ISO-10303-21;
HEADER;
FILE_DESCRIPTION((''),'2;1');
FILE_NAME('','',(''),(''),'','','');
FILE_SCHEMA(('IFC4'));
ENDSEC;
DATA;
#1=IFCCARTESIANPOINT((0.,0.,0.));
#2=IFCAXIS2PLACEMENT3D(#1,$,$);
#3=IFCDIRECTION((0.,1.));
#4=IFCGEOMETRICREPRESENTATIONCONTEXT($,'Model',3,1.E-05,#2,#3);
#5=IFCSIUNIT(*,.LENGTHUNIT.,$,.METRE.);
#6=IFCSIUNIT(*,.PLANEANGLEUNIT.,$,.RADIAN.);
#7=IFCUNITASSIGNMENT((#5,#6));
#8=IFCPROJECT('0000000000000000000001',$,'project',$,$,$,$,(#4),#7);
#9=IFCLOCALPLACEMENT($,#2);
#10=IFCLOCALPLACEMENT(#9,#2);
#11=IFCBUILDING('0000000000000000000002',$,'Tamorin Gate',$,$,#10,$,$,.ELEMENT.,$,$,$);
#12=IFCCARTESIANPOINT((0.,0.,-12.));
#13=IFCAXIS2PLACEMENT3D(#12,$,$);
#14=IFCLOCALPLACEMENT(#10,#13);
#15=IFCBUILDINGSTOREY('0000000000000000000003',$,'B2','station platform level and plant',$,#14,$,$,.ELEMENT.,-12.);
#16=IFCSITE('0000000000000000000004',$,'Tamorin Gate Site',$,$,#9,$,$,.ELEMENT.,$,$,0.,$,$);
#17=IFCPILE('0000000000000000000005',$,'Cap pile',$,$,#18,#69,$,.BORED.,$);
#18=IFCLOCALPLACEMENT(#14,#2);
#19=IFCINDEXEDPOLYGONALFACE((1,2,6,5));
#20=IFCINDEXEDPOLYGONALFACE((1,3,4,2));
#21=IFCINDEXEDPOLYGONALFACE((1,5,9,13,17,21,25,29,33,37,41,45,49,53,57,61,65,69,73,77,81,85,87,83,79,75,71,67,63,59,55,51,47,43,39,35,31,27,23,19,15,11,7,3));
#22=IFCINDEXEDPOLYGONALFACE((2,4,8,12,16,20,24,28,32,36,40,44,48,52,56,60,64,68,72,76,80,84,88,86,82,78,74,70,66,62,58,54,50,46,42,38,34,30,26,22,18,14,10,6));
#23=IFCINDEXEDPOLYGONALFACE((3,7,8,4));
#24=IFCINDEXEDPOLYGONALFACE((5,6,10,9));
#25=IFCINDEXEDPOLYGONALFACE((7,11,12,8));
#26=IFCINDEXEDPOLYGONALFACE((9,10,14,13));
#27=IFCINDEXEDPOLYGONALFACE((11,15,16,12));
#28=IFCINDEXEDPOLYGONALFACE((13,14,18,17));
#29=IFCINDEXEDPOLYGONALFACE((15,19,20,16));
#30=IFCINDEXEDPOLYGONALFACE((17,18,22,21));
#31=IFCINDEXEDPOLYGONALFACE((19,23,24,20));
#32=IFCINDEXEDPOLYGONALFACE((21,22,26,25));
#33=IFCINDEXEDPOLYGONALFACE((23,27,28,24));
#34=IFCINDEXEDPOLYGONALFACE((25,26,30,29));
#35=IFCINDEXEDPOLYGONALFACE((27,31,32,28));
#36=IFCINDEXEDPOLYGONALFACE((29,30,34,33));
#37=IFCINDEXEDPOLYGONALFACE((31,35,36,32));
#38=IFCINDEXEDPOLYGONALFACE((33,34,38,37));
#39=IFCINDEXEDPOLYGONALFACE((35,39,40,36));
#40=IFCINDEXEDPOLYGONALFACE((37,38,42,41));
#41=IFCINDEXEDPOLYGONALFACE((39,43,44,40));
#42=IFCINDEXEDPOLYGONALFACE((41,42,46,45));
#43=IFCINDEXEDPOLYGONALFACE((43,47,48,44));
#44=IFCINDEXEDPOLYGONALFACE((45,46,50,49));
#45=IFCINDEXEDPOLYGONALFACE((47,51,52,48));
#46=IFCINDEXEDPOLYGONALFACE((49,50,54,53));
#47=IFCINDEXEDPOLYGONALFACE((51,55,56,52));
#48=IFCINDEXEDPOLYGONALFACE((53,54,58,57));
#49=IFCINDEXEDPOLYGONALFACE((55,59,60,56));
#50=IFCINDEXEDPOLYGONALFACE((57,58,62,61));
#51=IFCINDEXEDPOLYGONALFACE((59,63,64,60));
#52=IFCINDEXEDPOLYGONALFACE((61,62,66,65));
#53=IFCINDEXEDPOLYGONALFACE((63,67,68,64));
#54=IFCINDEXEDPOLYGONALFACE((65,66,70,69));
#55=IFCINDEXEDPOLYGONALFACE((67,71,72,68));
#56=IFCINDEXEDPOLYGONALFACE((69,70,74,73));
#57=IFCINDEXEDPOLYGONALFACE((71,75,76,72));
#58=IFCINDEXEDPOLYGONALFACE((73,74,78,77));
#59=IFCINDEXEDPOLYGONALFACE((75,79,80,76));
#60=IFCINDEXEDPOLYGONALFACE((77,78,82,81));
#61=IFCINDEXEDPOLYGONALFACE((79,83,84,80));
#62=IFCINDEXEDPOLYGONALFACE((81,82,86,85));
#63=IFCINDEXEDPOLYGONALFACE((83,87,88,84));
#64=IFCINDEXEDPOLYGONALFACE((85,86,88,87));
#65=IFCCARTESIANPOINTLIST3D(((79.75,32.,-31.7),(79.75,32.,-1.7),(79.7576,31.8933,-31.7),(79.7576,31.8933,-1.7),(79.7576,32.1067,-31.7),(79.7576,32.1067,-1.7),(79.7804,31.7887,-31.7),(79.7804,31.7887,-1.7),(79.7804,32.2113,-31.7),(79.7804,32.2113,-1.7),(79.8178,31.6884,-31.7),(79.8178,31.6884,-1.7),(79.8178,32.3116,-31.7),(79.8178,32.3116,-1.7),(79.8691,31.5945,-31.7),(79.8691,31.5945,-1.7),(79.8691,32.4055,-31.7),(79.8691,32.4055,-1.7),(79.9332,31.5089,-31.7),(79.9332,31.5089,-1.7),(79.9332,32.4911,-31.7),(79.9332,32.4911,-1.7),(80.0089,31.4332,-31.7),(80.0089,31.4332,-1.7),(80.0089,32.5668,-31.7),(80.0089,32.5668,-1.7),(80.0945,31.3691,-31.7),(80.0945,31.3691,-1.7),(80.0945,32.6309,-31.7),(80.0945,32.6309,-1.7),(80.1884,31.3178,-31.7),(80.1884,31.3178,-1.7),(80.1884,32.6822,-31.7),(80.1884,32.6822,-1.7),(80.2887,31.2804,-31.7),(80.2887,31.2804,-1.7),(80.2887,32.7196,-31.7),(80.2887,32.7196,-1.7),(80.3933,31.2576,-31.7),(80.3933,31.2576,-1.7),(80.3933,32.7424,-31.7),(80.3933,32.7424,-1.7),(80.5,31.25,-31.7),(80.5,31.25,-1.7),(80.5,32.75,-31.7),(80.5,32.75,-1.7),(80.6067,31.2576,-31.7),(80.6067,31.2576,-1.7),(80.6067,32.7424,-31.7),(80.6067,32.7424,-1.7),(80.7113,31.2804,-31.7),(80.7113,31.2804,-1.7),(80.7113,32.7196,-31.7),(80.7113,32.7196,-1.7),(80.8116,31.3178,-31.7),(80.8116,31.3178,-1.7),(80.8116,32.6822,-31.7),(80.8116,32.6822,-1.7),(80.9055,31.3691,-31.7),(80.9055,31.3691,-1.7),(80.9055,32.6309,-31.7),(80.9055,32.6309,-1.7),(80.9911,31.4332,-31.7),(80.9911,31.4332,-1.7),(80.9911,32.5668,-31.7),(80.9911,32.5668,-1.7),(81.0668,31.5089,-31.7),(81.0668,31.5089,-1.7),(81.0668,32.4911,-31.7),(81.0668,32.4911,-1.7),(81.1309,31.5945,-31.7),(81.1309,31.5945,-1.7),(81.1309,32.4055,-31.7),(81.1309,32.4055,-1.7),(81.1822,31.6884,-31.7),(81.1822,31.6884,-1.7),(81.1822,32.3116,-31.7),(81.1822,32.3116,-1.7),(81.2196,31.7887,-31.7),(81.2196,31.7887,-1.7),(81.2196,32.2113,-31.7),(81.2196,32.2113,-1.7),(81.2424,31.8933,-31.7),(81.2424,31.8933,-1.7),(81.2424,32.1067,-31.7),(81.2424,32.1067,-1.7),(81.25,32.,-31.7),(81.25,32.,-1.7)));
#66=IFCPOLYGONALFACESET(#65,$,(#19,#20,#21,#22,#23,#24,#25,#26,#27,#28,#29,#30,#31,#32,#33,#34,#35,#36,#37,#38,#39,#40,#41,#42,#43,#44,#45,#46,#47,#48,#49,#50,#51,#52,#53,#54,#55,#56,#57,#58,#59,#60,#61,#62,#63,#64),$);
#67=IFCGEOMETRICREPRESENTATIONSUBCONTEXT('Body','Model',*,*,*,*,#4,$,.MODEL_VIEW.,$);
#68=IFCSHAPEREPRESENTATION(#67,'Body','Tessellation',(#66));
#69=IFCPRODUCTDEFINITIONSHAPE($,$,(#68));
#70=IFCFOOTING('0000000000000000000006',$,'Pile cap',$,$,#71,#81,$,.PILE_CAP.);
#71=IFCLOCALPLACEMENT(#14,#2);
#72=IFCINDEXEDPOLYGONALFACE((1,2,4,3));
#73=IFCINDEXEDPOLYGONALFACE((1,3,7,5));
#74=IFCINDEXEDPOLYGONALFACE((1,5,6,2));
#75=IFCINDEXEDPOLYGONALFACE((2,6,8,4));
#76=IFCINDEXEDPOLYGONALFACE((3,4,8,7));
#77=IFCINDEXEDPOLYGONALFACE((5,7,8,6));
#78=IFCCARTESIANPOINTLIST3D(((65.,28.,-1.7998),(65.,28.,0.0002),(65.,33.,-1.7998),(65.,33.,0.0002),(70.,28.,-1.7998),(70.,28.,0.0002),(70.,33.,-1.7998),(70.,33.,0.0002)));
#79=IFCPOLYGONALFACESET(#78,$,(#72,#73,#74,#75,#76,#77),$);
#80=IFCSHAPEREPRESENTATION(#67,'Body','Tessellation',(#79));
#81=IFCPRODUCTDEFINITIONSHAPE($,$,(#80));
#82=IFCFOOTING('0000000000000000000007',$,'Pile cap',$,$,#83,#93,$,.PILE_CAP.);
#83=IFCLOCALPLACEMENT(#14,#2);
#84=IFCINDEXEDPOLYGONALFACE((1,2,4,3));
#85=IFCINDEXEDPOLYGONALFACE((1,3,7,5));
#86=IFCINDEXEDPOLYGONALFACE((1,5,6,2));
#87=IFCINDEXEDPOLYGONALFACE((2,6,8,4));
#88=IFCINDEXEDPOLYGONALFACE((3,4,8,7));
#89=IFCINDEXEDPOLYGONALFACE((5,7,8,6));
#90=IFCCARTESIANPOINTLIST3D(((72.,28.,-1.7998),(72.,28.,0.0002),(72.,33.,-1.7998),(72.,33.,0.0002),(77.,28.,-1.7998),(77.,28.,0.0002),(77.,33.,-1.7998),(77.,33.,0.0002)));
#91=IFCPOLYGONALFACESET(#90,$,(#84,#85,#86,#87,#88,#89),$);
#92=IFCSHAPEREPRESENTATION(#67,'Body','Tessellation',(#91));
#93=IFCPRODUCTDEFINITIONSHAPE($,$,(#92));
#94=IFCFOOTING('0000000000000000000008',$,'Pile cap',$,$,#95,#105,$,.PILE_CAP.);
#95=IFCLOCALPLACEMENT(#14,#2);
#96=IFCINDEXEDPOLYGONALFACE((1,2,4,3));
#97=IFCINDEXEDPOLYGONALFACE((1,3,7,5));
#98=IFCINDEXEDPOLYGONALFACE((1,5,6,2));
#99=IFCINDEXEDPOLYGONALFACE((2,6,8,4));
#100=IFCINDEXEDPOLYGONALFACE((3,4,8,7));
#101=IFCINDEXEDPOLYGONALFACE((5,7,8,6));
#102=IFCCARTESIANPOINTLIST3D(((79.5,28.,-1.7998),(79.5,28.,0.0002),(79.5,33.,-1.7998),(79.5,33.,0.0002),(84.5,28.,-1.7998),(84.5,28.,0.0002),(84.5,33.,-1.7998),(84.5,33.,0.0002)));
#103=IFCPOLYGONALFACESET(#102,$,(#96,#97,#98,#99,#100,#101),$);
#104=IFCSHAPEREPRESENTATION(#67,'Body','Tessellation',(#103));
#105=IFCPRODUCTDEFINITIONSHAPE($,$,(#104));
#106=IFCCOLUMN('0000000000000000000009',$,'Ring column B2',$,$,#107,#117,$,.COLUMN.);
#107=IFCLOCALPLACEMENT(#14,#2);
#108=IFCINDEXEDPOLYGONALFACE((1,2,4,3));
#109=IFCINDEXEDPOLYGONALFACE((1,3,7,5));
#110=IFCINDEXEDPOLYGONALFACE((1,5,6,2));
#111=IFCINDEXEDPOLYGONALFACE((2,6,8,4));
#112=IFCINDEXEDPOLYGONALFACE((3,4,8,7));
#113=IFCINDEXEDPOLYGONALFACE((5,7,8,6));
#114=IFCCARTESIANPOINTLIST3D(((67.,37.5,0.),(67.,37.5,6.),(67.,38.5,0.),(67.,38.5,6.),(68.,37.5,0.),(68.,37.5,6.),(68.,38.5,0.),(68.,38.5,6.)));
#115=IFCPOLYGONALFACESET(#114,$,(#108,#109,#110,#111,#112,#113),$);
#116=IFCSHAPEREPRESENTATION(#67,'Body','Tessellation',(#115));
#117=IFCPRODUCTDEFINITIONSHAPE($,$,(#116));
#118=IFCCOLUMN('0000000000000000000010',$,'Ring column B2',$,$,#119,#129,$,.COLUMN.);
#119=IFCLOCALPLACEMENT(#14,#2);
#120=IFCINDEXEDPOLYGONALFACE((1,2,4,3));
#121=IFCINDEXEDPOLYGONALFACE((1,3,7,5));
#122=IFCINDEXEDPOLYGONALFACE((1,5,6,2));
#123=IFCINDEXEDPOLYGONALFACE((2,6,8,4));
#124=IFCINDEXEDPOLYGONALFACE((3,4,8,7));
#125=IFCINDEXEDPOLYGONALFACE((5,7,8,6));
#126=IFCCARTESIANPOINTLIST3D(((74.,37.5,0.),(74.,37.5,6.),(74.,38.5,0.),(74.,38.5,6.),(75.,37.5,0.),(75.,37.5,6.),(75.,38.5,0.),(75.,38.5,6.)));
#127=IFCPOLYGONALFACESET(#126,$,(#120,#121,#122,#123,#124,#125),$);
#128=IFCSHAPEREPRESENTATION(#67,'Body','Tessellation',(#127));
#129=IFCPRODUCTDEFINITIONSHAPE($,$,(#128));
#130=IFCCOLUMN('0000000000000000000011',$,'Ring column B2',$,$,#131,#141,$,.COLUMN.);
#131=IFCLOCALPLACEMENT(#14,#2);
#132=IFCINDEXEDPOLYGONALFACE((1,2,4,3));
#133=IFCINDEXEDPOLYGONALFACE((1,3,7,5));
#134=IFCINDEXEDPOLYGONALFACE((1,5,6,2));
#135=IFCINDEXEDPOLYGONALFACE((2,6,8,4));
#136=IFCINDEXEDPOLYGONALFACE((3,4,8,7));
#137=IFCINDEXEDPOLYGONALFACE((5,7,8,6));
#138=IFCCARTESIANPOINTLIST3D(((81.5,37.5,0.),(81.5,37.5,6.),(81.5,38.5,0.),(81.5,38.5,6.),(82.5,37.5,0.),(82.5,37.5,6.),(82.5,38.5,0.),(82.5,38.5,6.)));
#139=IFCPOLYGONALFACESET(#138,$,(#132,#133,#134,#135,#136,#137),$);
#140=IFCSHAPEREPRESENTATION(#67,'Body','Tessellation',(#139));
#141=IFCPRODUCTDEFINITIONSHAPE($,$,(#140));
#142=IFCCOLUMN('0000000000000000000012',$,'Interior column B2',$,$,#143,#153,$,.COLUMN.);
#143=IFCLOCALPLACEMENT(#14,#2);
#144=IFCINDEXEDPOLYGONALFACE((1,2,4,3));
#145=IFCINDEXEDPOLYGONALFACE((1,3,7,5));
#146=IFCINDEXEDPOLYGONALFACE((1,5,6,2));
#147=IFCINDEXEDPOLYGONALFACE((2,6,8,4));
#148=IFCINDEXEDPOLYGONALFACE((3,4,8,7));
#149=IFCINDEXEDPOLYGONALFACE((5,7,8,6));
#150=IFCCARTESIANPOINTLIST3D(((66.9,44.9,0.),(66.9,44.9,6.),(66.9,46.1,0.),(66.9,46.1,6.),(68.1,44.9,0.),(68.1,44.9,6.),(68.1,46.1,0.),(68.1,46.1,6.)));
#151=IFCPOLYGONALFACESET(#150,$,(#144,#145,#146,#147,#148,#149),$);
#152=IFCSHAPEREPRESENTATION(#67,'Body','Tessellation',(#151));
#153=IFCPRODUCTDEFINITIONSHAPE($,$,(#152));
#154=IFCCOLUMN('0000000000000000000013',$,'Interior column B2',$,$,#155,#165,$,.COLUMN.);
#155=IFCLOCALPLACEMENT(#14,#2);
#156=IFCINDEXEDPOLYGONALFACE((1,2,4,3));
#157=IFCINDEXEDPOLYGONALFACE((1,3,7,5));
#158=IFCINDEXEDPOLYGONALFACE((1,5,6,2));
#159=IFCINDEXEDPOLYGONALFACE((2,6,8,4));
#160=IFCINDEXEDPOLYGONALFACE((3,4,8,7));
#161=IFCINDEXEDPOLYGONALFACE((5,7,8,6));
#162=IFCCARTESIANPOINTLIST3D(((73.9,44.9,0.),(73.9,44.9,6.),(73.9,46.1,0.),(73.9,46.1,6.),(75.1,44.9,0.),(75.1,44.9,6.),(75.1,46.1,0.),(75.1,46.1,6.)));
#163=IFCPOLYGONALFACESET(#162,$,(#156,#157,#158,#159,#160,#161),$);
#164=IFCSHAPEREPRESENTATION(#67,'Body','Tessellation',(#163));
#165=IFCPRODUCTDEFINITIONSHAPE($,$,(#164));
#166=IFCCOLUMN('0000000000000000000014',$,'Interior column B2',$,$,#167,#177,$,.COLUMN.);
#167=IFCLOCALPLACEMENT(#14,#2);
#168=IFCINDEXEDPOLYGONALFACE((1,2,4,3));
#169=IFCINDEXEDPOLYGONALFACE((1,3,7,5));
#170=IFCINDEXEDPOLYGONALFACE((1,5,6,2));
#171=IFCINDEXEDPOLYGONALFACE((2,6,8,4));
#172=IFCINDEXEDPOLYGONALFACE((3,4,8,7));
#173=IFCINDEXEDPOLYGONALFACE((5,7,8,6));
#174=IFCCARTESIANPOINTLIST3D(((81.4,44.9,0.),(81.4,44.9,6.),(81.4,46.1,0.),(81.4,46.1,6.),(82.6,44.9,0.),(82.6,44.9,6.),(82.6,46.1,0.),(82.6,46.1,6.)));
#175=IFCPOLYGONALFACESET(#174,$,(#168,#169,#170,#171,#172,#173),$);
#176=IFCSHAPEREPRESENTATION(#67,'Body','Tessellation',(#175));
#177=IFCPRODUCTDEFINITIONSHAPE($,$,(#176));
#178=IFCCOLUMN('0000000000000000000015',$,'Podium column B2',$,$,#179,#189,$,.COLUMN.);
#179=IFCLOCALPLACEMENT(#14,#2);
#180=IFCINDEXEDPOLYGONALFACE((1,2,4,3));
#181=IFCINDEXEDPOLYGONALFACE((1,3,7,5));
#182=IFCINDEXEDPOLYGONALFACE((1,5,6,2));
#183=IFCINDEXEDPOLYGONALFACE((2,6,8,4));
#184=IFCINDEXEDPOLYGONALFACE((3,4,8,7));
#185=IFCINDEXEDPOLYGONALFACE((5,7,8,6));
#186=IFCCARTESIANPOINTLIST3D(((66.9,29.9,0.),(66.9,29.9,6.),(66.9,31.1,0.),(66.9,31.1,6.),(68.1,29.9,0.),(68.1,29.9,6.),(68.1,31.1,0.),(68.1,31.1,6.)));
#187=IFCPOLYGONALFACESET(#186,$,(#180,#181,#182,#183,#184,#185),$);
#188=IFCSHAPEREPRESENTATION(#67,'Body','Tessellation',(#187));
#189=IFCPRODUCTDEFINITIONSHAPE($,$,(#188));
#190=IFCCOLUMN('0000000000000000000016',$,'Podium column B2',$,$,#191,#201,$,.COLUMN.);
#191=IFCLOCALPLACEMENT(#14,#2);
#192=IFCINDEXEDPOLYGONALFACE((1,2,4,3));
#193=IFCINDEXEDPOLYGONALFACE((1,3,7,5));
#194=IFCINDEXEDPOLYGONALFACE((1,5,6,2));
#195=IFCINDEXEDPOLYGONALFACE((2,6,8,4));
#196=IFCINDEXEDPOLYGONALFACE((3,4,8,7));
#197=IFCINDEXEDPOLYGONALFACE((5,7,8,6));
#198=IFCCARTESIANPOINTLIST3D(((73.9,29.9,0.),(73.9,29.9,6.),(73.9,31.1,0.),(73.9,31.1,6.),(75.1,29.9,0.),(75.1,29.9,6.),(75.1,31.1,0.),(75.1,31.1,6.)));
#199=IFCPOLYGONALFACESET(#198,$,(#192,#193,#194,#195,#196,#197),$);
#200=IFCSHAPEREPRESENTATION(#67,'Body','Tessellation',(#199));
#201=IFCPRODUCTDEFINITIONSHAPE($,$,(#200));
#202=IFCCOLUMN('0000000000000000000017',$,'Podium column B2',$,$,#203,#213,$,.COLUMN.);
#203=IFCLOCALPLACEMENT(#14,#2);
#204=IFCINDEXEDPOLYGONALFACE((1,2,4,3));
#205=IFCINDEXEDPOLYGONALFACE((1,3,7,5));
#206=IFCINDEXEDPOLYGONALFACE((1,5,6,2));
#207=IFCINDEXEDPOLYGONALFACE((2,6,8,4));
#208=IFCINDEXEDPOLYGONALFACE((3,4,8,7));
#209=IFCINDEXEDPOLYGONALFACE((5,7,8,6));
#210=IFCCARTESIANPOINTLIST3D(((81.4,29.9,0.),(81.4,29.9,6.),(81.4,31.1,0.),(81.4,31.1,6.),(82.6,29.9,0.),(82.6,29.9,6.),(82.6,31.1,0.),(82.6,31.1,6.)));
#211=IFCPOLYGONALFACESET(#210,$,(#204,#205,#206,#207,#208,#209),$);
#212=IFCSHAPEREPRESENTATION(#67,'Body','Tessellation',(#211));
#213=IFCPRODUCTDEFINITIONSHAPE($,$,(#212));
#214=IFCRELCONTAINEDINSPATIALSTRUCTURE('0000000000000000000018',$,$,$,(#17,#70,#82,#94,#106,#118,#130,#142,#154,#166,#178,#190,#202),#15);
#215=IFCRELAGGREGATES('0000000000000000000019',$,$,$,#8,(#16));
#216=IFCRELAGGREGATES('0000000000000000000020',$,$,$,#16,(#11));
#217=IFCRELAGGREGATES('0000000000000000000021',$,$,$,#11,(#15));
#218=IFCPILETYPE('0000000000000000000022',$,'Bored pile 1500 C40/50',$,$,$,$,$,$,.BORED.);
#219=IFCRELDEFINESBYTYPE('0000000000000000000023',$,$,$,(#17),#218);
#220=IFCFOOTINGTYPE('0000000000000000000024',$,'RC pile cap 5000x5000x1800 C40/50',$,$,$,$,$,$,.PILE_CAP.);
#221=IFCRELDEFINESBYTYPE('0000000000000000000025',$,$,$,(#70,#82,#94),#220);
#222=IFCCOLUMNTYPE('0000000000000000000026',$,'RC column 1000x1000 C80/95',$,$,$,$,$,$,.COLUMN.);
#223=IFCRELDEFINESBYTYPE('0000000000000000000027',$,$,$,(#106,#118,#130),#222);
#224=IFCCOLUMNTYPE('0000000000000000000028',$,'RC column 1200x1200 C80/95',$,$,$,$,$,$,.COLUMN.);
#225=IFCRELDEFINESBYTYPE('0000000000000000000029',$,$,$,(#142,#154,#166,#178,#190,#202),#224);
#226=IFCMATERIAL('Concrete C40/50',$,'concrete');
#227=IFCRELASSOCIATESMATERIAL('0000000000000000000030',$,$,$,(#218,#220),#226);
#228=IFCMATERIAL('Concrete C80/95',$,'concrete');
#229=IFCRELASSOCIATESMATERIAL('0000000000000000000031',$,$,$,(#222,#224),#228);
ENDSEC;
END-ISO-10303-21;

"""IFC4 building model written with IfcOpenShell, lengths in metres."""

from ifc_helpers import new_model, si_unit, direction, frame, origin, origin_2d, place, context, subcontext, project, spatial, rectangle, circle, extrude, material, material_profile, profile_set, type_object, element, save


model = new_model("IFC4")

# Units and contexts
model_context = context("Model", 3, precision=1e-05, world=origin(), true_north=direction((0.0, 1.0)))
body_context = subcontext(model_context, "Body", "Model", "MODEL_VIEW")
ifc_project = project(units=[si_unit("LENGTHUNIT", "METRE"), si_unit("PLANEANGLEUNIT", "RADIAN")], contexts=[model_context])

# Site, building, storey
site_placement = place(None, origin())
site = spatial("IfcSite", under=ifc_project, at=site_placement, Name="Tamorin Gate Site", CompositionType="ELEMENT", RefElevation=0.0)
building_placement = place(site_placement, origin())
building = spatial("IfcBuilding", under=site, at=building_placement, Name="Tamorin Gate", CompositionType="ELEMENT")
storey_placement = place(building_placement, frame((0.0, 0.0, -12.0)))
storey = spatial("IfcBuildingStorey", under=building, at=storey_placement, Name="B2", Description="station platform level and plant", CompositionType="ELEMENT", Elevation=-12.0)

# Pile
ifc_material_1 = material(Name="Concrete C40/50", Category="concrete")
ifc_material_profile_1 = material_profile(ifc_material_1, circle(Radius=0.75, at=origin_2d()))
ifc_profile_set_1 = profile_set([ifc_material_profile_1], Name="Concrete C40/50")
pile_type = type_object("IfcPileType", Name="Bored pile 1500 C40/50", PredefinedType="BORED", material=ifc_profile_set_1)
for number, where, z_axis, x_axis, name in (
    (1, (80.5, 32.0, -1.7), (0.0, 0.0, -1.0), (1.0, 0.0, 0.0), "Cap pile"),
):
    element("IfcPile", number, at=place(storey_placement, frame(where, z_axis=z_axis, x_axis=x_axis)), inside=storey, type_object=pile_type, Name=name, PredefinedType="BORED", context=body_context, shape_type="SweptSolid", body=[
        extrude(circle(Radius=0.75, at=origin_2d()), origin(), (0.0, 0.0, 1.0), 30.0),
    ])

# Footings
footing_type = type_object("IfcFootingType", Name="RC pile cap 5000x5000x1800 C40/50", PredefinedType="PILE_CAP", material=ifc_material_1)
for number, where, z_axis, x_axis, name in (
    (2, (67.5, 30.5, -1.7998), (0.0, 0.0, 1.0), (1.0, 0.0, 0.0), "Pile cap"),
    (3, (74.5, 30.5, -1.7998), (0.0, 0.0, 1.0), (1.0, 0.0, 0.0), "Pile cap"),
    (4, (82.0, 30.5, -1.7998), (0.0, 0.0, 1.0), (1.0, 0.0, 0.0), "Pile cap"),
):
    element("IfcFooting", number, at=place(storey_placement, frame(where, z_axis=z_axis, x_axis=x_axis)), inside=storey, type_object=footing_type, Name=name, PredefinedType="PILE_CAP", context=body_context, shape_type="SweptSolid", body=[
        extrude(rectangle(XDim=5.0, YDim=5.0, at=origin_2d()), origin(), (0.0, 0.0, 1.0), 1.8),
    ])

# Columns
ifc_material_2 = material(Name="Concrete C80/95", Category="concrete")
ifc_material_profile_2 = material_profile(ifc_material_2, rectangle(XDim=1.0, YDim=1.0, at=origin_2d()), Name="RC 1000x1000")
ifc_profile_set_2 = profile_set([ifc_material_profile_2], Name="Concrete C80/95")
column_type_1 = type_object("IfcColumnType", Name="RC column 1000x1000 C80/95", PredefinedType="COLUMN", material=ifc_profile_set_2)
for number, where, z_axis, x_axis, name in (
    (5, (67.5, 38.0, 0.0), (0.0, 0.0, 1.0), (1.0, 0.0, 0.0), "Ring column B2"),
    (6, (74.5, 38.0, 0.0), (0.0, 0.0, 1.0), (1.0, 0.0, 0.0), "Ring column B2"),
    (7, (82.0, 38.0, 0.0), (0.0, 0.0, 1.0), (1.0, 0.0, 0.0), "Ring column B2"),
):
    element("IfcColumn", number, at=place(storey_placement, frame(where, z_axis=z_axis, x_axis=x_axis)), inside=storey, type_object=column_type_1, Name=name, PredefinedType="COLUMN", context=body_context, shape_type="SweptSolid", body=[
        extrude(rectangle(XDim=1.0, YDim=1.0, at=origin_2d()), origin(), (0.0, 0.0, 1.0), 6.0),
    ])
ifc_material_profile_3 = material_profile(ifc_material_2, rectangle(XDim=1.2, YDim=1.2, at=origin_2d()), Name="RC 1200x1200")
ifc_profile_set_3 = profile_set([ifc_material_profile_3], Name="Concrete C80/95")
column_type_2 = type_object("IfcColumnType", Name="RC column 1200x1200 C80/95", PredefinedType="COLUMN", material=ifc_profile_set_3)
for number, where, z_axis, x_axis, name in (
    (8, (67.5, 45.5, 0.0), (0.0, 0.0, 1.0), (1.0, 0.0, 0.0), "Interior column B2"),
    (9, (74.5, 45.5, 0.0), (0.0, 0.0, 1.0), (1.0, 0.0, 0.0), "Interior column B2"),
    (10, (82.0, 45.5, 0.0), (0.0, 0.0, 1.0), (1.0, 0.0, 0.0), "Interior column B2"),
    (11, (67.5, 30.5, 0.0), (0.0, 0.0, 1.0), (1.0, 0.0, 0.0), "Podium column B2"),
    (12, (74.5, 30.5, 0.0), (0.0, 0.0, 1.0), (1.0, 0.0, 0.0), "Podium column B2"),
    (13, (82.0, 30.5, 0.0), (0.0, 0.0, 1.0), (1.0, 0.0, 0.0), "Podium column B2"),
):
    element("IfcColumn", number, at=place(storey_placement, frame(where, z_axis=z_axis, x_axis=x_axis)), inside=storey, type_object=column_type_2, Name=name, PredefinedType="COLUMN", context=body_context, shape_type="SweptSolid", body=[
        extrude(rectangle(XDim=1.2, YDim=1.2, at=origin_2d()), origin(), (0.0, 0.0, 1.0), 6.0),
    ])

save(model, "model.ifc")
